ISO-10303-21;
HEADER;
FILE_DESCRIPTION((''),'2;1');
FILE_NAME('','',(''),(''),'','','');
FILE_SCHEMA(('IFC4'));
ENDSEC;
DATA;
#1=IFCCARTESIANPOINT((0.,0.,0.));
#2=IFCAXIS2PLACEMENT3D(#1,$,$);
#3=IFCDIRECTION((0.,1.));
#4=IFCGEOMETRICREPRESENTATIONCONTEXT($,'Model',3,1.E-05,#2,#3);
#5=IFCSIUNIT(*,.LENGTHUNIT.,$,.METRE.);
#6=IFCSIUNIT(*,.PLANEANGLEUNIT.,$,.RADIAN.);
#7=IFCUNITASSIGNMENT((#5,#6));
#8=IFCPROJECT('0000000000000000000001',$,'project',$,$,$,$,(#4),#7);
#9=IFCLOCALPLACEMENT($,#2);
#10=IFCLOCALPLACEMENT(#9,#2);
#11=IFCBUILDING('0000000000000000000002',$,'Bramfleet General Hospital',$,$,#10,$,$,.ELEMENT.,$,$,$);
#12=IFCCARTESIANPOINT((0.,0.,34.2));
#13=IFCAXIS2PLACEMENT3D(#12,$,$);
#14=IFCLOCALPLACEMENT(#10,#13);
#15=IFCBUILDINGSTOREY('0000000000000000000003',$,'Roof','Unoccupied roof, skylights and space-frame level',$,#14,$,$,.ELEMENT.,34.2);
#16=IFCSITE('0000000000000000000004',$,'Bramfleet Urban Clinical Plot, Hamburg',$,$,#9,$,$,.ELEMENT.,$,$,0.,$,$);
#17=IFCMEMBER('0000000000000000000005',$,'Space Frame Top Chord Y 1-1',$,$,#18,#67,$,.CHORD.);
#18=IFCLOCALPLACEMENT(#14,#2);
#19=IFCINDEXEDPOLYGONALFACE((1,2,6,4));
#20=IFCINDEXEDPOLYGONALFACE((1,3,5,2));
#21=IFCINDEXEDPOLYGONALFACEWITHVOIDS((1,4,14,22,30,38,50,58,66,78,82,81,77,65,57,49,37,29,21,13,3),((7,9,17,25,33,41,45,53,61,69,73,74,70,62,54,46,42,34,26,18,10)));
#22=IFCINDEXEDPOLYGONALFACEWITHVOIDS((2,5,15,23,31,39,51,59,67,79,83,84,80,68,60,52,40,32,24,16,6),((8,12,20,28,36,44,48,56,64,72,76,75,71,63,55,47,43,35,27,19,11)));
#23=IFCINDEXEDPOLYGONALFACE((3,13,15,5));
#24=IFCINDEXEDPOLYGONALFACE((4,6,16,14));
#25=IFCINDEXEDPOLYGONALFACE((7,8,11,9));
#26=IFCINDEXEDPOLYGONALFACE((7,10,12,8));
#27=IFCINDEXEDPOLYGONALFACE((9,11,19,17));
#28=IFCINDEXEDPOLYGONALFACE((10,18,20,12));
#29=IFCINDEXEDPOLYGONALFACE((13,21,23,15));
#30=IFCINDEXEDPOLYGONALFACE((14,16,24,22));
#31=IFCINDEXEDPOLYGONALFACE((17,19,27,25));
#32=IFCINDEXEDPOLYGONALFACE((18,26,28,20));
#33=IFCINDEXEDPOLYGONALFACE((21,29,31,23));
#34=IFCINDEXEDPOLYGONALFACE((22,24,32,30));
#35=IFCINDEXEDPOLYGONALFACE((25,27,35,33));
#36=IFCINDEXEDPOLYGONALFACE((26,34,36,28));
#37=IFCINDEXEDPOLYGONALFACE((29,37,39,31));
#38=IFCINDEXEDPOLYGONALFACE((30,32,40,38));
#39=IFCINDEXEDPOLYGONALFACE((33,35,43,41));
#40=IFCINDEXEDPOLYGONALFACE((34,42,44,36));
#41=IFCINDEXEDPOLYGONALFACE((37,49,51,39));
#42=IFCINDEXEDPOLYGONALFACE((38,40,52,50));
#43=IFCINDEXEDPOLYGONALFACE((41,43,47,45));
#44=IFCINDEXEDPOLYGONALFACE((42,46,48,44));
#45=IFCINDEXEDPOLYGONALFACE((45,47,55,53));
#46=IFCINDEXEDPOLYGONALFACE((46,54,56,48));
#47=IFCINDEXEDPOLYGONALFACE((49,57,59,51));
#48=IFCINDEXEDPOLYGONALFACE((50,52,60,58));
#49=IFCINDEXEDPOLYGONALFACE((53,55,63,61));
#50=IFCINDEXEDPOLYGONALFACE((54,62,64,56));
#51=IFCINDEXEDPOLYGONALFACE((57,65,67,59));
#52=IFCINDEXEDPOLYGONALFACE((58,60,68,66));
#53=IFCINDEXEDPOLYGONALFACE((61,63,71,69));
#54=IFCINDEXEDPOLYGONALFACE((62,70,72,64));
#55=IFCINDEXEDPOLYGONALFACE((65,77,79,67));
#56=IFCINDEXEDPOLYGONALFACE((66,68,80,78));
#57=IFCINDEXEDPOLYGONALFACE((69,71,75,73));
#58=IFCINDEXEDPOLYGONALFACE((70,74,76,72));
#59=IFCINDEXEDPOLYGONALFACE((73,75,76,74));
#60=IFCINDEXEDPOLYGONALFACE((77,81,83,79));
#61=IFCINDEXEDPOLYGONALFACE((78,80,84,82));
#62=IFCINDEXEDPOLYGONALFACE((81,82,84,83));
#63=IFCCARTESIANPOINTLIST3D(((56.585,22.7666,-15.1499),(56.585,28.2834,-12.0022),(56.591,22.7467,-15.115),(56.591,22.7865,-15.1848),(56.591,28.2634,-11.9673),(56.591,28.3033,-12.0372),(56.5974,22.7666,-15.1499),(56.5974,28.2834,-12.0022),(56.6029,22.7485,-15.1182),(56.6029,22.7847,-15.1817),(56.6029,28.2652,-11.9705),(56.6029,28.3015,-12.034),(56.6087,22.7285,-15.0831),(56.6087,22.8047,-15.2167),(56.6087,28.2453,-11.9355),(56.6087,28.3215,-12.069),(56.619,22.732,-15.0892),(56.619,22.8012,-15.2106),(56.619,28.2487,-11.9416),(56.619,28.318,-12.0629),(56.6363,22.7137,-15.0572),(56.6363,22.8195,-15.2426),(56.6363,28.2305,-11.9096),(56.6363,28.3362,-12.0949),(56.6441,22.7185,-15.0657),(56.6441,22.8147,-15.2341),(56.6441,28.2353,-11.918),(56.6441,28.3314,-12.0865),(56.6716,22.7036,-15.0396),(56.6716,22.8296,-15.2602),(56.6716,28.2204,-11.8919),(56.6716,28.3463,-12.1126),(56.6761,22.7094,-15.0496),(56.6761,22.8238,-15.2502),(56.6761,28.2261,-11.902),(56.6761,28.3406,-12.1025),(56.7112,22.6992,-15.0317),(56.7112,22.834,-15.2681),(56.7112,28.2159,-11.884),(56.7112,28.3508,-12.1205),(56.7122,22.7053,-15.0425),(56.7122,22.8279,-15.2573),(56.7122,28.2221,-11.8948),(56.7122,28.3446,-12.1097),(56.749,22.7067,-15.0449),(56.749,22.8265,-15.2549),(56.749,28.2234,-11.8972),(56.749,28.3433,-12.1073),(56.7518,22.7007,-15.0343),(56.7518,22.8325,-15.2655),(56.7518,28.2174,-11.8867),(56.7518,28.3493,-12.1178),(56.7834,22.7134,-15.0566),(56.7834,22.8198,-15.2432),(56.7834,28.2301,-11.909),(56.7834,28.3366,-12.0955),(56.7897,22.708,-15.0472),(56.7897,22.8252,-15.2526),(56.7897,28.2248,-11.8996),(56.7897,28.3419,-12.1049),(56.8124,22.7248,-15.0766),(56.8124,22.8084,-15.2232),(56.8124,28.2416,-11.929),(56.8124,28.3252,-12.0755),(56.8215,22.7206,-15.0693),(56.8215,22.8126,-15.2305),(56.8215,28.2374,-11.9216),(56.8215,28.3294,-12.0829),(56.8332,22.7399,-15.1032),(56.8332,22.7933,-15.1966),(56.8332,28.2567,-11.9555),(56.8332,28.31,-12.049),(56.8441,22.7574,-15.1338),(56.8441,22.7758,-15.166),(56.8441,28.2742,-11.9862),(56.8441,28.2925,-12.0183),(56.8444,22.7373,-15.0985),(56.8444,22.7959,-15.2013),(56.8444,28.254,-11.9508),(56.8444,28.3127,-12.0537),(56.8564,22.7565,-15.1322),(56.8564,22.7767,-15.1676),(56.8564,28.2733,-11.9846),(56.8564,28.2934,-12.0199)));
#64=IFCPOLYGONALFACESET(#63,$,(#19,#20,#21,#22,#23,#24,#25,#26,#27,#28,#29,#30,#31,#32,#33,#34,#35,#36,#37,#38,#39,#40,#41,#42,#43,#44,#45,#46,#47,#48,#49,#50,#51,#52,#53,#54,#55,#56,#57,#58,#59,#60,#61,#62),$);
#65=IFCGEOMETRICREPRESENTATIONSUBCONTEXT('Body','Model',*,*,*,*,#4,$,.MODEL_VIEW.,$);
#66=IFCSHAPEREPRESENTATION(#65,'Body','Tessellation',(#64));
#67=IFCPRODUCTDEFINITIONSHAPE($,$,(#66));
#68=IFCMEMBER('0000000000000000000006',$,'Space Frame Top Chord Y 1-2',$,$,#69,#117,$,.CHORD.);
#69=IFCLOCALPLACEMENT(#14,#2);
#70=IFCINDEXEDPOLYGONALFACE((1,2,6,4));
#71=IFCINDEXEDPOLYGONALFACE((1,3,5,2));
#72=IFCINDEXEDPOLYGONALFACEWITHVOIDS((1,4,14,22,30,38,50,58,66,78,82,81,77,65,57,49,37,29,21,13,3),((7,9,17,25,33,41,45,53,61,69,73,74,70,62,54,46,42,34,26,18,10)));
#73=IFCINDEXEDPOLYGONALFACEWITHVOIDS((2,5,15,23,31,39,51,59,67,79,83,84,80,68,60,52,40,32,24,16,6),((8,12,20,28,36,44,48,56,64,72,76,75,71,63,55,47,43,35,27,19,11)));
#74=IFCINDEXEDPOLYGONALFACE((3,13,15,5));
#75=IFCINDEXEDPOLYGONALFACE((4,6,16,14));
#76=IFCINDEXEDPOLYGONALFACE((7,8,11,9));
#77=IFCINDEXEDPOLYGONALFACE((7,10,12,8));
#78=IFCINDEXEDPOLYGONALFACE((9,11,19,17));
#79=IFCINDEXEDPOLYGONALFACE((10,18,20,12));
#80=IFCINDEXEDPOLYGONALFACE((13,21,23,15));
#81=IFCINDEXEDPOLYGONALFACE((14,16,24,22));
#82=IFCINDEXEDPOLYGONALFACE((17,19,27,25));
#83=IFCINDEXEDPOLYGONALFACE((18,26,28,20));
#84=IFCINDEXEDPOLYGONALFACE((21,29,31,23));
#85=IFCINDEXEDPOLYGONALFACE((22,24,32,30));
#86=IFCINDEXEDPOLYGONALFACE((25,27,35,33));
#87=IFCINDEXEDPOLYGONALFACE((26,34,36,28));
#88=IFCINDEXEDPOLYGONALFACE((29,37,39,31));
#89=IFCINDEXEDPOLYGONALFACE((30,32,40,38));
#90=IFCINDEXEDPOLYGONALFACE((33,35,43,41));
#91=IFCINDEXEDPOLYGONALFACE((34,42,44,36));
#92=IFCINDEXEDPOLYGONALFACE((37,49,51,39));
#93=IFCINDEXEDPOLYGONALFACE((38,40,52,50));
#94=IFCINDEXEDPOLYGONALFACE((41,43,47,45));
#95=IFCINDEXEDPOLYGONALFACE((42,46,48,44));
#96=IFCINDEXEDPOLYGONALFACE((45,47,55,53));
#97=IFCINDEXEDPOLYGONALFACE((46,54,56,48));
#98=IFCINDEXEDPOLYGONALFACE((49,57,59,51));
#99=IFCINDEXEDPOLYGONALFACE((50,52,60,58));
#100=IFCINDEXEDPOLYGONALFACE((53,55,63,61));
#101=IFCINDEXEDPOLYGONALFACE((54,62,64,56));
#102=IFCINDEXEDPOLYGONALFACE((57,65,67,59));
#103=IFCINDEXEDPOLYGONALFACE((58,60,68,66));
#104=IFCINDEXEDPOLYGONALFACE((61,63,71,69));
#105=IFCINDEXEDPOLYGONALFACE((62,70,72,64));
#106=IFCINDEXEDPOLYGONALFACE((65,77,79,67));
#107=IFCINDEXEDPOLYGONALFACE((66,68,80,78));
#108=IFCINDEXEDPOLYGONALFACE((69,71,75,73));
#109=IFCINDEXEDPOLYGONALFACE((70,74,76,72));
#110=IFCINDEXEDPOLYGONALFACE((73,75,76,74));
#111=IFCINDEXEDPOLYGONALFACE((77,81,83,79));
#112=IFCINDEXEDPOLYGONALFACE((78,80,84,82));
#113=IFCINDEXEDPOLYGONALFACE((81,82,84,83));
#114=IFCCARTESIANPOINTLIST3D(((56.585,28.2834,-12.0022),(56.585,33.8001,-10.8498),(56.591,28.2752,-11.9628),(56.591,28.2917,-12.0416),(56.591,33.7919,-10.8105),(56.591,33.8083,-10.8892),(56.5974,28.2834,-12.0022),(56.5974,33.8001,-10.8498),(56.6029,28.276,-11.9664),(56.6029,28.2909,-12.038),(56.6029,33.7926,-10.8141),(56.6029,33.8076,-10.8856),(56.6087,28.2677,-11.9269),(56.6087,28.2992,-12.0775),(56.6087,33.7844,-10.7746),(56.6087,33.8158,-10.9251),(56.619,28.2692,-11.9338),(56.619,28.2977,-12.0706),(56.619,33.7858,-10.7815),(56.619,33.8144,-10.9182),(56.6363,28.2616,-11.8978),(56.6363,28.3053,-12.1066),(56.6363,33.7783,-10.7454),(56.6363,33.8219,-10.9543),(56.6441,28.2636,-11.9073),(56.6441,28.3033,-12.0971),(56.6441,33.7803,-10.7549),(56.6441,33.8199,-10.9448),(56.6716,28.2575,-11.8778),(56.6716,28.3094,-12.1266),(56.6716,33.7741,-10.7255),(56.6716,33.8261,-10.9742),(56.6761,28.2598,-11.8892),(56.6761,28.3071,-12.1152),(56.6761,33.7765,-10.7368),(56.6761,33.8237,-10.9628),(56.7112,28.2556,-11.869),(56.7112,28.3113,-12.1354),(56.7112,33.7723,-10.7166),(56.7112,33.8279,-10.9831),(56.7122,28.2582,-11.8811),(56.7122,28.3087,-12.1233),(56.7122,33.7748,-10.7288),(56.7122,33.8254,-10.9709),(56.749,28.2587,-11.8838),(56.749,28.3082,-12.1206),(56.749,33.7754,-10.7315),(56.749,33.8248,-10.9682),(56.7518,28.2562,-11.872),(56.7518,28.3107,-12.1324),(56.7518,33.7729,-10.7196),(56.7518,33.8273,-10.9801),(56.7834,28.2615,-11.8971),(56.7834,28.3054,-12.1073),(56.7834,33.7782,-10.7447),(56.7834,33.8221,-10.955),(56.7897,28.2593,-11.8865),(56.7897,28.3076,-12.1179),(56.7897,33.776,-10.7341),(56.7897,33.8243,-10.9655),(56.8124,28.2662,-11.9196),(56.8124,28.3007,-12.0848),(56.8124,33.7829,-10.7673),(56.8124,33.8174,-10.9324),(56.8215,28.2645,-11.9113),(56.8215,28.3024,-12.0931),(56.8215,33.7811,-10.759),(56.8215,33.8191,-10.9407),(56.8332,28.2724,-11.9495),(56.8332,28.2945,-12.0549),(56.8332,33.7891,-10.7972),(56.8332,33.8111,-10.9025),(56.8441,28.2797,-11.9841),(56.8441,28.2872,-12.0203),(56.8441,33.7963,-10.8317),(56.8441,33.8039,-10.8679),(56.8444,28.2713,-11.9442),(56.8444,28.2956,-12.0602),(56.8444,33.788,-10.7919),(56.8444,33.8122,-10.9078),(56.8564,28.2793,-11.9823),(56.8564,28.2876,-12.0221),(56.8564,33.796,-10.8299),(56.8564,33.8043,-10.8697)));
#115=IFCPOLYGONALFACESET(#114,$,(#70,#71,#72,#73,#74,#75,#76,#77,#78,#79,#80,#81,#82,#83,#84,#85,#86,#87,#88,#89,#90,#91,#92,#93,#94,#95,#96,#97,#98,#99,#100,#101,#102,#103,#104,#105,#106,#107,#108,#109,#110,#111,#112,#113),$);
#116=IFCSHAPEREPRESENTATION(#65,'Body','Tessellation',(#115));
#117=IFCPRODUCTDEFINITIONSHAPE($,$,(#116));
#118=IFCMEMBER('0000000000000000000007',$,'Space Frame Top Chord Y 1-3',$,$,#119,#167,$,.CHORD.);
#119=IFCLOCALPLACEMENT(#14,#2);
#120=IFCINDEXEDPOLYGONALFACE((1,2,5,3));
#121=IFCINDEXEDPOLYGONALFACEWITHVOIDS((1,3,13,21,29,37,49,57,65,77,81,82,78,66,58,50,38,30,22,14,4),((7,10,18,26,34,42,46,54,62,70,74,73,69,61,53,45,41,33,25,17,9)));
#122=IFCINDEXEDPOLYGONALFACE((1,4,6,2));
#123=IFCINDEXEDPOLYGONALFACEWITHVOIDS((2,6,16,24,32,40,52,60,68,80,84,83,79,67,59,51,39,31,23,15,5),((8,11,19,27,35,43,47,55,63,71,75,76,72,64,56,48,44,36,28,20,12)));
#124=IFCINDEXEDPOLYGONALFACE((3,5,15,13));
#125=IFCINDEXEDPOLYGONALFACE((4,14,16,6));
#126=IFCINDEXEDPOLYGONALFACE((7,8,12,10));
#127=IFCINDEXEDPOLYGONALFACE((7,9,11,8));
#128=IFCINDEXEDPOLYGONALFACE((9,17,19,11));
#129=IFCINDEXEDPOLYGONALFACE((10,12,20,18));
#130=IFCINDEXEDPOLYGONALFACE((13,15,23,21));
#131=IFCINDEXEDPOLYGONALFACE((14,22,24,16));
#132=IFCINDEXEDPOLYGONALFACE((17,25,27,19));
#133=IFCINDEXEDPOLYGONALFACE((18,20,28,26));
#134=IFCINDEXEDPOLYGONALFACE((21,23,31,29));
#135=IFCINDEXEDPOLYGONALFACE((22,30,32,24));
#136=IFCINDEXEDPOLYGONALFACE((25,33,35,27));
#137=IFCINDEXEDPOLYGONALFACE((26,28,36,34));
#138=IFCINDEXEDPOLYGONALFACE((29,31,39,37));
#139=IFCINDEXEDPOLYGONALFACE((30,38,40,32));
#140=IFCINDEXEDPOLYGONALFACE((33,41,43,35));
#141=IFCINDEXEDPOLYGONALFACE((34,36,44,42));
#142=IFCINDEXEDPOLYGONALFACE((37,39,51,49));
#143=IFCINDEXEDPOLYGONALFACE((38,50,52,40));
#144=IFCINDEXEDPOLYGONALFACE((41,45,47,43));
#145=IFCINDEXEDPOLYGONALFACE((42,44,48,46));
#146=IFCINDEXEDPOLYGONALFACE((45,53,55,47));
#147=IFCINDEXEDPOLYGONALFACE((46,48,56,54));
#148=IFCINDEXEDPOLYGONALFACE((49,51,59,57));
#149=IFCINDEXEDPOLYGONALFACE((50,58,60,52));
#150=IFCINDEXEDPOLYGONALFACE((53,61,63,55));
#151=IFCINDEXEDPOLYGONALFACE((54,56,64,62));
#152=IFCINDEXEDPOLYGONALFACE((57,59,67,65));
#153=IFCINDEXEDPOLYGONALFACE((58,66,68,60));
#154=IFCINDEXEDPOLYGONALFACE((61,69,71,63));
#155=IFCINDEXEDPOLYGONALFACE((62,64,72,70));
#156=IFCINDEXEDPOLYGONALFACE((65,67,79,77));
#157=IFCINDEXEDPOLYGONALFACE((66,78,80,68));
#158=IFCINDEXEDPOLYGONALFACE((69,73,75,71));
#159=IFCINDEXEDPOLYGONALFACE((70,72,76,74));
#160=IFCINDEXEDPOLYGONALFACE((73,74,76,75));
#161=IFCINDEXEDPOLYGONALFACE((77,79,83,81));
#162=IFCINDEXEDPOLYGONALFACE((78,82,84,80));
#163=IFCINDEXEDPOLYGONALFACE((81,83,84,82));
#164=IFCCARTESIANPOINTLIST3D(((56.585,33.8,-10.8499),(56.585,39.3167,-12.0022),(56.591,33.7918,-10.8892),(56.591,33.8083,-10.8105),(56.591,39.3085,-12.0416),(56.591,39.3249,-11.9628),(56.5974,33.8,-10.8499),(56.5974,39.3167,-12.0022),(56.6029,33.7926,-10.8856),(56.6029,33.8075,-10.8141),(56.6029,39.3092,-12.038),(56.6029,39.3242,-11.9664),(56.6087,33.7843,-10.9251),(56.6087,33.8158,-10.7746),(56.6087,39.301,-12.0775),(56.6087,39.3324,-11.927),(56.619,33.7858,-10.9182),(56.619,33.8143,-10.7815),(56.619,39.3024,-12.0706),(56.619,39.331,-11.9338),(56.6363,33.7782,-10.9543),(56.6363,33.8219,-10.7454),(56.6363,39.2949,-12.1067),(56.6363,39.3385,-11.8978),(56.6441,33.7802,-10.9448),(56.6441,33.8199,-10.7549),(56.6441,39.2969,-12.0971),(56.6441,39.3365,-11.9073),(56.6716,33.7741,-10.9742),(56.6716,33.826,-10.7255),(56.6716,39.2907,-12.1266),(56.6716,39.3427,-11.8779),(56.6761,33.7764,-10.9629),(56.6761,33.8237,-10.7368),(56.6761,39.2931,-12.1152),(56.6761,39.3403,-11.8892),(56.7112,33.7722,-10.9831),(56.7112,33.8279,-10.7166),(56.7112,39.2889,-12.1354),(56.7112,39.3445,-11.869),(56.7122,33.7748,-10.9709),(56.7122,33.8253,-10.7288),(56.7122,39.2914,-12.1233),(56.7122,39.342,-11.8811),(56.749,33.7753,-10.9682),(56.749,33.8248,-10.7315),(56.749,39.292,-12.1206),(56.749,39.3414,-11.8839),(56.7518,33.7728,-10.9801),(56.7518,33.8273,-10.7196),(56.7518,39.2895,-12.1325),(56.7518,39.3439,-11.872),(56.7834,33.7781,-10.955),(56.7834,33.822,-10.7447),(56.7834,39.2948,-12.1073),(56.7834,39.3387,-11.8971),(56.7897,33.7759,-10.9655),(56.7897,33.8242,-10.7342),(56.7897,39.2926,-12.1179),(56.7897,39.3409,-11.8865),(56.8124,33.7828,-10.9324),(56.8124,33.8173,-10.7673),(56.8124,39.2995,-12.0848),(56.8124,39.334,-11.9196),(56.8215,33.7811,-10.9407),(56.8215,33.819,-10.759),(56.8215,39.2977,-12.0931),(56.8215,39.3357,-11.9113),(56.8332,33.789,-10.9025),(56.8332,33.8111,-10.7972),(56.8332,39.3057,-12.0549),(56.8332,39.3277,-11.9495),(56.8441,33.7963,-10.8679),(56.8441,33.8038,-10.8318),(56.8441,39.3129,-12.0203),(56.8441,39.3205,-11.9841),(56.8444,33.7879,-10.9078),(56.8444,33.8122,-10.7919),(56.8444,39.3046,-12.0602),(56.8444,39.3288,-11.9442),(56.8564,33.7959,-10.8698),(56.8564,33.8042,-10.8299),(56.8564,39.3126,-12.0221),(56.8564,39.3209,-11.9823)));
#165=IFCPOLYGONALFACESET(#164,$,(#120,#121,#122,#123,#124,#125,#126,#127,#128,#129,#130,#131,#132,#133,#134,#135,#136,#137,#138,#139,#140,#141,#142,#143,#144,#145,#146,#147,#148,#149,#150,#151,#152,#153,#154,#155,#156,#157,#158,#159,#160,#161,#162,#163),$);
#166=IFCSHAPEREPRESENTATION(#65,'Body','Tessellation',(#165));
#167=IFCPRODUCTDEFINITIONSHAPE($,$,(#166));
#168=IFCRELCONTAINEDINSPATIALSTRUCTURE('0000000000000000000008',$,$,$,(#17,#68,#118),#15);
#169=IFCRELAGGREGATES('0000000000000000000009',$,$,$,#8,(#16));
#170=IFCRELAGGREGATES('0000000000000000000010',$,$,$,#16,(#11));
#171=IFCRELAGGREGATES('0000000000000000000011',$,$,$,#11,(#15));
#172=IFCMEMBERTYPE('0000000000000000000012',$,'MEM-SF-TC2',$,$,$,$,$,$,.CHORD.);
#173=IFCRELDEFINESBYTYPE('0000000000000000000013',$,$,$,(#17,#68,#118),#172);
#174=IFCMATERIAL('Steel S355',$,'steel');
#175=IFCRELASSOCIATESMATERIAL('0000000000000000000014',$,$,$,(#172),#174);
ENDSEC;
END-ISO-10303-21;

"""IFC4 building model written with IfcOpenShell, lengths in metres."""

from ifc_helpers import new_model, si_unit, direction, frame, origin, origin_2d, place, context, subcontext, project, spatial, hollow_circle, extrude, material, material_profile, profile_set, type_object, element, save


model = new_model("IFC4")

# Units and contexts
model_context = context("Model", 3, precision=1e-05, world=origin(), true_north=direction((0.0, 1.0)))
body_context = subcontext(model_context, "Body", "Model", "MODEL_VIEW")
ifc_project = project(units=[si_unit("LENGTHUNIT", "METRE"), si_unit("PLANEANGLEUNIT", "RADIAN")], contexts=[model_context])

# Site, building, storey
site_placement = place(None, origin())
site = spatial("IfcSite", under=ifc_project, at=site_placement, Name="Bramfleet Urban Clinical Plot, Hamburg", CompositionType="ELEMENT", RefElevation=0.0)
building_placement = place(site_placement, origin())
building = spatial("IfcBuilding", under=site, at=building_placement, Name="Bramfleet General Hospital", CompositionType="ELEMENT")
storey_placement = place(building_placement, frame((0.0, 0.0, 34.2)))
storey = spatial("IfcBuildingStorey", under=building, at=storey_placement, Name="Roof", Description="Unoccupied roof, skylights and space-frame level", CompositionType="ELEMENT", Elevation=34.2)

# Members
ifc_material = material(Name="Steel S355", Category="steel")
ifc_material_profile_1 = material_profile(ifc_material, hollow_circle(Radius=0.1365, WallThickness=0.0125, at=origin_2d()), Name="CHS 273.0x12.5")
ifc_profile_set_1 = profile_set([ifc_material_profile_1], Name="Steel S355")
member_type_1 = type_object("IfcMemberType", Name="MEM-SF-TC2", PredefinedType="CHORD", material=ifc_profile_set_1)
member_1_placement = place(storey_placement, frame((56.7214, 22.7666, -15.1499), z_axis=(0.0, 0.868567, 0.495572), x_axis=(-1.0, 0.0, 0.0)))
element("IfcMember", 1, at=member_1_placement, inside=storey, type_object=member_type_1, Name="Space Frame Top Chord Y 1-1", PredefinedType="CHORD", context=body_context, shape_type="SweptSolid", body=[
    extrude(hollow_circle(Radius=0.1365, WallThickness=0.0125, at=origin_2d()), origin(), (0.0, 0.0, 1.0), 6.3516),
])
for number, where, z_axis, x_axis, name in (
    (2, (56.7214, 28.2834, -12.0022), (0.0, 0.978872, 0.204473), (-1.0, 0.0, 0.0), "Space Frame Top Chord Y 1-2"),
    (3, (56.7214, 33.8, -10.8499), (0.0, 0.978872, -0.204473), (-1.0, 0.0, 0.0), "Space Frame Top Chord Y 1-3"),
):
    element("IfcMember", number, at=place(storey_placement, frame(where, z_axis=z_axis, x_axis=x_axis)), inside=storey, type_object=member_type_1, Name=name, PredefinedType="CHORD", context=body_context, shape_type="SweptSolid", body=[
        extrude(hollow_circle(Radius=0.1365, WallThickness=0.0125, at=origin_2d()), origin(), (0.0, 0.0, 1.0), 5.6357),
    ])

save(model, "model.ifc")
